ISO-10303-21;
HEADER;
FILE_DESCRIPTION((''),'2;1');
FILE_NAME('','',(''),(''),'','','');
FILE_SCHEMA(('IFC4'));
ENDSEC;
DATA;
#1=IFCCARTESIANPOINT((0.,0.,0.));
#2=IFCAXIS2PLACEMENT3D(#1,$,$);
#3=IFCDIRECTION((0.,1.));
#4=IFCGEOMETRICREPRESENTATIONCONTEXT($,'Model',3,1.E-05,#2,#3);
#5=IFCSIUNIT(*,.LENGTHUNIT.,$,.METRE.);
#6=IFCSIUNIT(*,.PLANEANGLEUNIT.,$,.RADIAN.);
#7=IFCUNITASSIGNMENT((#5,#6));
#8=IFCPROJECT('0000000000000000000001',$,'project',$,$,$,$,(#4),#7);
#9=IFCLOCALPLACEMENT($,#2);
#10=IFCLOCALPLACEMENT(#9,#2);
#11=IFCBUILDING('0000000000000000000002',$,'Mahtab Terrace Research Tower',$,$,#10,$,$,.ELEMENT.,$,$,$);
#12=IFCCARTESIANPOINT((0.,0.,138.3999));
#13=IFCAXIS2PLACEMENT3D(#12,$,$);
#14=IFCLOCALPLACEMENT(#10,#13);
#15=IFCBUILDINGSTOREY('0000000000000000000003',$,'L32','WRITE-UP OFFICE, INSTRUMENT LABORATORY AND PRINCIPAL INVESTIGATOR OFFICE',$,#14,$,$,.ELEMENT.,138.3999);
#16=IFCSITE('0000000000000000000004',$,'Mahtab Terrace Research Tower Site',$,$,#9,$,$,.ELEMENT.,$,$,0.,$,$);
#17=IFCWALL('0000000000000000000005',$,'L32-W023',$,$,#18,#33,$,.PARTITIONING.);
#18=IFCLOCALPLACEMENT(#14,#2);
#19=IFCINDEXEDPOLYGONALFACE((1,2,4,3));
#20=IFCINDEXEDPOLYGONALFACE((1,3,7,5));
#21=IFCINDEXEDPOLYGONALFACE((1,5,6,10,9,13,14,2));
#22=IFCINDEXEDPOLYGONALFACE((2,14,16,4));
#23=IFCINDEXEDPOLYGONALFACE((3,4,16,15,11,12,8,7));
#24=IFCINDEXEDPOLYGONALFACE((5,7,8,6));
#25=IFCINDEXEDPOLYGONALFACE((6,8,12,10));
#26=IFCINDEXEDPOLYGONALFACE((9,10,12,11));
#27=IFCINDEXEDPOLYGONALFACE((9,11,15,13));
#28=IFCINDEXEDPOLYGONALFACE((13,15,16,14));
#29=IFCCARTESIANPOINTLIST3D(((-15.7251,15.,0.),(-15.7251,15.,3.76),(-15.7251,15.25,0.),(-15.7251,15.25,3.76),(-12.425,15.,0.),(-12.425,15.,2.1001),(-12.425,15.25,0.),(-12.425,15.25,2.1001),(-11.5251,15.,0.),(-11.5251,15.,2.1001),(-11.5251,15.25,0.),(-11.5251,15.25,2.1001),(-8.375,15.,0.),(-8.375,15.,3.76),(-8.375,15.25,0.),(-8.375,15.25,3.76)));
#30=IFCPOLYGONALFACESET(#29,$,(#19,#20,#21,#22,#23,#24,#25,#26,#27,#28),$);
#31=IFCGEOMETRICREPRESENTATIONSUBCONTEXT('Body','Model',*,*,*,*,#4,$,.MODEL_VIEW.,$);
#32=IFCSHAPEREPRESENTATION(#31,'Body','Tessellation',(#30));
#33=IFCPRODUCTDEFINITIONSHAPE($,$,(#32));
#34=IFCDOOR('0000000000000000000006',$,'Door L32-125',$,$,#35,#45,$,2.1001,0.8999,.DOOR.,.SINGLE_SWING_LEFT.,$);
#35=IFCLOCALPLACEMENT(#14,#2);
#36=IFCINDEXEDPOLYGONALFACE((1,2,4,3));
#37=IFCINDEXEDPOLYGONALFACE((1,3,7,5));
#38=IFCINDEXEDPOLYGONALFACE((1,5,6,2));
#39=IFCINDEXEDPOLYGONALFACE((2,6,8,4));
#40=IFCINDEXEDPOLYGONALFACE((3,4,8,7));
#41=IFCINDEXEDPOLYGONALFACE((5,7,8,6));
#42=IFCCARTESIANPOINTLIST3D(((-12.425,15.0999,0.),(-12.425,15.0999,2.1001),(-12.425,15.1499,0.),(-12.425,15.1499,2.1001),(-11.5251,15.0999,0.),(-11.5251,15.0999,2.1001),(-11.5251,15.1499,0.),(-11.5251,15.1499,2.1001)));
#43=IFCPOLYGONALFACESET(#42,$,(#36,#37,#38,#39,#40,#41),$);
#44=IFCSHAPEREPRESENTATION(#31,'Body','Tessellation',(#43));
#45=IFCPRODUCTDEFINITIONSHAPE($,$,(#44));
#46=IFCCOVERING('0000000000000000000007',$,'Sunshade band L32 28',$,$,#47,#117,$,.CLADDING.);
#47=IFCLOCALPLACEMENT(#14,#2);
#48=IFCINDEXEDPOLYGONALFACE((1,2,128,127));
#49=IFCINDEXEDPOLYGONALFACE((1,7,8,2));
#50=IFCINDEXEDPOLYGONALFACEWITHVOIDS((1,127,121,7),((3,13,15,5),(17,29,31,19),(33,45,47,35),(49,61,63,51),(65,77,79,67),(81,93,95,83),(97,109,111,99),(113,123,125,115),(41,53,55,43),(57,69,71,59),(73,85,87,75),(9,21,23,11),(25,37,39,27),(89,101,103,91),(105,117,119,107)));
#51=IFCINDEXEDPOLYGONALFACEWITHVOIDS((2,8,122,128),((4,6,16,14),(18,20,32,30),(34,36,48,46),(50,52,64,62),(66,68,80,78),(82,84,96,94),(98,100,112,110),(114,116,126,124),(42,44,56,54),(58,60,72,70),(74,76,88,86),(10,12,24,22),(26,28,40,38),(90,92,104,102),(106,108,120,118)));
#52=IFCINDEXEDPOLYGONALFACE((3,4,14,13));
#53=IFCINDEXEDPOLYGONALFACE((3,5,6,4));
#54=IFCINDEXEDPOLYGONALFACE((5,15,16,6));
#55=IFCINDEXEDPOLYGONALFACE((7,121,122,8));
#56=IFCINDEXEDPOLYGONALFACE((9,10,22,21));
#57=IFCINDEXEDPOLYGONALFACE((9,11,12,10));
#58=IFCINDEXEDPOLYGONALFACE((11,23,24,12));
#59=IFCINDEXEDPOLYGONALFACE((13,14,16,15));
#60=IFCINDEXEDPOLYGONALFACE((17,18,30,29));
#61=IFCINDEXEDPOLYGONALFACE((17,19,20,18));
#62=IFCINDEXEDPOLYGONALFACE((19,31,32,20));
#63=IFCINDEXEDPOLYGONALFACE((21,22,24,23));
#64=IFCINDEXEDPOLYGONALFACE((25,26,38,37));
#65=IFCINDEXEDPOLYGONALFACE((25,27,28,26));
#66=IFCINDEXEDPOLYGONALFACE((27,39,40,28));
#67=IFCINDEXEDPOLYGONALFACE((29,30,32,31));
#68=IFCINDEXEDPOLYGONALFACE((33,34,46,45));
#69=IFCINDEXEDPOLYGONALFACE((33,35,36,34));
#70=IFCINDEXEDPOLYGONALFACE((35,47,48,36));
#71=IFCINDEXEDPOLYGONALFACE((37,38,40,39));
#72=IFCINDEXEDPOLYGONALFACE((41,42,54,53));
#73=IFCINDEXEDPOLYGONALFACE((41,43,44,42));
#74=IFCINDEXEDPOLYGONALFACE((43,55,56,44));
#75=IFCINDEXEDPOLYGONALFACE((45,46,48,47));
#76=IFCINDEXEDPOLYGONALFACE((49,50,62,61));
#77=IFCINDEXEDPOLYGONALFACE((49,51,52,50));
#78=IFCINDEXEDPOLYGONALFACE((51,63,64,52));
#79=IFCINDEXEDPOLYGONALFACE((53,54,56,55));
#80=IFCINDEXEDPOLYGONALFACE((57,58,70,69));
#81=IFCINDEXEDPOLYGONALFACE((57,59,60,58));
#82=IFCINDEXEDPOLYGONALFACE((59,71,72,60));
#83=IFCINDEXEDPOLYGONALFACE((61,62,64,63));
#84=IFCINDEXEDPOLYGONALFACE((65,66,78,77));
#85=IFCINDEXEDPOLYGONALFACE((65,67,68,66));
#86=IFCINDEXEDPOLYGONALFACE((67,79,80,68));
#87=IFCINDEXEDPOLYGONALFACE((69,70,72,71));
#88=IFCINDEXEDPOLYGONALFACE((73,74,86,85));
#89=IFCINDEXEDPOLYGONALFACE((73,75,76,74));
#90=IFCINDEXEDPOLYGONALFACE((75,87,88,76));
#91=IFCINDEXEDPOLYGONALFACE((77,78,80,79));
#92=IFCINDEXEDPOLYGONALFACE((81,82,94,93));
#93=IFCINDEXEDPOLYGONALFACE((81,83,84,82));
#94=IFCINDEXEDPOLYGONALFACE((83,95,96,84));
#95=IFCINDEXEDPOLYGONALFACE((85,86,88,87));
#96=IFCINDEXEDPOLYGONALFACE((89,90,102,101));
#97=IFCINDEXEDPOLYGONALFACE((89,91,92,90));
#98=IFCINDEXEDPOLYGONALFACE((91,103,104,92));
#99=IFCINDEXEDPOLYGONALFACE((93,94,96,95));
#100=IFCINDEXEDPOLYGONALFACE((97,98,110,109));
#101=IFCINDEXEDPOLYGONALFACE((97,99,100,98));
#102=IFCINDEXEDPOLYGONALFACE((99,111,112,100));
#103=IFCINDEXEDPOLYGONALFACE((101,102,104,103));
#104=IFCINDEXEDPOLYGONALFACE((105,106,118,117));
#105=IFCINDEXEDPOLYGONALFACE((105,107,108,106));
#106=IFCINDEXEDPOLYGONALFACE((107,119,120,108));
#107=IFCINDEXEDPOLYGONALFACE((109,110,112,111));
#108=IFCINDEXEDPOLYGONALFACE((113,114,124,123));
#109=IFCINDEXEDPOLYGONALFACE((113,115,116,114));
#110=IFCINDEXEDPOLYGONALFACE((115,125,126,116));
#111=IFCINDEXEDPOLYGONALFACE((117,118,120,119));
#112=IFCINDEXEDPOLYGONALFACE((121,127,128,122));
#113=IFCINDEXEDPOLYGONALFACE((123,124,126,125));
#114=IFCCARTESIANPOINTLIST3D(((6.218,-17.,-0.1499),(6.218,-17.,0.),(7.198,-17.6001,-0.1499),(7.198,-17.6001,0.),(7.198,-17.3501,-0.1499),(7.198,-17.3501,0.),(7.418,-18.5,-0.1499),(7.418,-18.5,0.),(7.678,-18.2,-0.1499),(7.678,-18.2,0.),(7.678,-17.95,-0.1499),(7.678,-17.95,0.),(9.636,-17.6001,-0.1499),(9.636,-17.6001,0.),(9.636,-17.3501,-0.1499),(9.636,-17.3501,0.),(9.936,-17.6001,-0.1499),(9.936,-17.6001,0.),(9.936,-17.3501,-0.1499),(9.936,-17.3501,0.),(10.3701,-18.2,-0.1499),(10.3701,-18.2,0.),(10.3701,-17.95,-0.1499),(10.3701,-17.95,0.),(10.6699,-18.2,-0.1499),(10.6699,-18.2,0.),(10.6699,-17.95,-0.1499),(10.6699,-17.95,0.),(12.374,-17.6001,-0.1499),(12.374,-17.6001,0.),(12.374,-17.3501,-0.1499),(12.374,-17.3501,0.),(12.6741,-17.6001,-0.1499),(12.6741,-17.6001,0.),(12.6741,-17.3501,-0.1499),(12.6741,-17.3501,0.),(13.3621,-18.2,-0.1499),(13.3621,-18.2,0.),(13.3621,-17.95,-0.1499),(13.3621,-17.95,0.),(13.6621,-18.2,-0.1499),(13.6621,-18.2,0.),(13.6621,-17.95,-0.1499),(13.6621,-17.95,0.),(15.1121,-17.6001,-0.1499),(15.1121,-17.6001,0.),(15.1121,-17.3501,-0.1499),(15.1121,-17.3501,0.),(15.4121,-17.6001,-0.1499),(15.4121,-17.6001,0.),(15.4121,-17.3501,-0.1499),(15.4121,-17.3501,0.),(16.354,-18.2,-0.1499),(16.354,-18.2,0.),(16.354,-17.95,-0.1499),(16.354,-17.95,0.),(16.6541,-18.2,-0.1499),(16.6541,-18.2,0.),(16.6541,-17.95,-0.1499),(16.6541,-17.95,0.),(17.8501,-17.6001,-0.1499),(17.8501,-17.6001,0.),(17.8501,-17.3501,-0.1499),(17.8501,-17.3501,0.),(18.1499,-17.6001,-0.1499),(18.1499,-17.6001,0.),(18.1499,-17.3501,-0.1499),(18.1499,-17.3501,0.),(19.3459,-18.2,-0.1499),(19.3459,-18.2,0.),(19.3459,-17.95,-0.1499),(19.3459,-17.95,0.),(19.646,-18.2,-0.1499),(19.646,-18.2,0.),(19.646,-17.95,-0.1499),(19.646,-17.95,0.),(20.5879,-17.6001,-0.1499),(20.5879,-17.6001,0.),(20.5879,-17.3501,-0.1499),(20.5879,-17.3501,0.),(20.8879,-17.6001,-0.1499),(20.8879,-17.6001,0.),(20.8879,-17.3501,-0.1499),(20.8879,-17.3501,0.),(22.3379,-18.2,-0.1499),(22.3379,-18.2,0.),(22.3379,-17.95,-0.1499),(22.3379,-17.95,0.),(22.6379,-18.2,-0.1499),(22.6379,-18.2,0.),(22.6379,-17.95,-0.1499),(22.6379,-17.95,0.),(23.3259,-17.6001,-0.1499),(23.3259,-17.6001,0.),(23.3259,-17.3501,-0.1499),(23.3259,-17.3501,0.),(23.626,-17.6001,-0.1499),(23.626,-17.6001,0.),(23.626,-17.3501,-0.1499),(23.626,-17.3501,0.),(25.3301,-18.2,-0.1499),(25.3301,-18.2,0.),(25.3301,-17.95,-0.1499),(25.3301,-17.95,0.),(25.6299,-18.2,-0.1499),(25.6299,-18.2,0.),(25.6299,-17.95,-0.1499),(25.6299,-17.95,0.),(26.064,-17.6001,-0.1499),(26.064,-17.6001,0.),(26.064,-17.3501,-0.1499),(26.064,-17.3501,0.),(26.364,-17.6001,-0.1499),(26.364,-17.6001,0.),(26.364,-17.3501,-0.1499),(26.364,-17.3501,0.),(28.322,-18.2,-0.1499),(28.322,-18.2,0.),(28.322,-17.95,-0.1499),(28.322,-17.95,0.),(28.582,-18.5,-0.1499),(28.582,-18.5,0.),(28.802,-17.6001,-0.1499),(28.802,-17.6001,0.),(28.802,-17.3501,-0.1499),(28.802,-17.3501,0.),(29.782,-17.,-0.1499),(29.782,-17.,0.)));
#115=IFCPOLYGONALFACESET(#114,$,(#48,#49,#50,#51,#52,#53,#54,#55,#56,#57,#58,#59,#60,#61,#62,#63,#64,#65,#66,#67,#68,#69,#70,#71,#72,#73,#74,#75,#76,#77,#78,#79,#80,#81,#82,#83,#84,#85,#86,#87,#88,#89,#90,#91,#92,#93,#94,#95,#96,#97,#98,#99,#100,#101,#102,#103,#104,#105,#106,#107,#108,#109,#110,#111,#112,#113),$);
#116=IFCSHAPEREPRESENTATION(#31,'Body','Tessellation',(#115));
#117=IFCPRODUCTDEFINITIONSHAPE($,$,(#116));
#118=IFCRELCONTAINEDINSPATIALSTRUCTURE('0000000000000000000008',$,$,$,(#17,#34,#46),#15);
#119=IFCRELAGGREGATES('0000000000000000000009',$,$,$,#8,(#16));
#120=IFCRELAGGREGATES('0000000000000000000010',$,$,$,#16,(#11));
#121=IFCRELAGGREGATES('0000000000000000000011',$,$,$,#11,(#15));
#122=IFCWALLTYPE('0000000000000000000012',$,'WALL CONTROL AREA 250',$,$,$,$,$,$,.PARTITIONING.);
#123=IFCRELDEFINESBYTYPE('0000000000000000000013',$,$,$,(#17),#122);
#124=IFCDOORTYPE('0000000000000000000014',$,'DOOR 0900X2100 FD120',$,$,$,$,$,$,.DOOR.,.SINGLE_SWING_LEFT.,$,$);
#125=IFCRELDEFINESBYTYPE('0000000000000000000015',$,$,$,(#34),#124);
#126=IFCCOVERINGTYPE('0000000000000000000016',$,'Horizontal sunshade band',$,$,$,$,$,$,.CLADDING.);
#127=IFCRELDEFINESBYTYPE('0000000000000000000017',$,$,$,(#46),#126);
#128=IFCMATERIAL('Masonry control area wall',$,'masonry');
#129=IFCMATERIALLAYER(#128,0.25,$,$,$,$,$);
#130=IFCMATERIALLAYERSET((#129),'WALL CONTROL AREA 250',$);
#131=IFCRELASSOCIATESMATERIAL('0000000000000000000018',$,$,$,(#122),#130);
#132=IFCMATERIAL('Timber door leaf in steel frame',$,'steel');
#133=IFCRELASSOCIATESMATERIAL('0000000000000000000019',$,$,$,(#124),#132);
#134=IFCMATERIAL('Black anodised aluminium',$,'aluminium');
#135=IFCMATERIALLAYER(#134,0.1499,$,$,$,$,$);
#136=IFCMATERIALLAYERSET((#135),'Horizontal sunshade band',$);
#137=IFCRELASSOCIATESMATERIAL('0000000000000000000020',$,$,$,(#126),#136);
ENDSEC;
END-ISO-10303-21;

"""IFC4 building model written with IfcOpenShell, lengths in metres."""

from ifc_helpers import new_model, si_unit, direction, frame, frame_2d, origin, place, context, subcontext, project, spatial, polyline, rectangle, outline, extrude, material, layer, layer_set, type_object, element, fill, save


model = new_model("IFC4")

# Units and contexts
model_context = context("Model", 3, precision=1e-05, world=origin(), true_north=direction((0.0, 1.0)))
body_context = subcontext(model_context, "Body", "Model", "MODEL_VIEW")
ifc_project = project(units=[si_unit("LENGTHUNIT", "METRE"), si_unit("PLANEANGLEUNIT", "RADIAN")], contexts=[model_context])

# Site, building, storey
site_placement = place(None, origin())
site = spatial("IfcSite", under=ifc_project, at=site_placement, Name="Mahtab Terrace Research Tower Site", CompositionType="ELEMENT", RefElevation=0.0)
building_placement = place(site_placement, origin())
building = spatial("IfcBuilding", under=site, at=building_placement, Name="Mahtab Terrace Research Tower", CompositionType="ELEMENT")
storey_placement = place(building_placement, frame((0.0, 0.0, 138.3999)))
storey = spatial("IfcBuildingStorey", under=building, at=storey_placement, Name="L32", Description="WRITE-UP OFFICE, INSTRUMENT LABORATORY AND PRINCIPAL INVESTIGATOR OFFICE", CompositionType="ELEMENT", Elevation=138.3999)

# Shared definitions
ifc_material_1 = material(Name="Masonry control area wall", Category="masonry")
ifc_layer_1 = layer(ifc_material_1, 0.25)
ifc_layer_set_1 = layer_set([ifc_layer_1], Name="WALL CONTROL AREA 250")
wall_type_1 = type_object("IfcWallType", Name="WALL CONTROL AREA 250", PredefinedType="PARTITIONING", material=ifc_layer_set_1)

# Wall, opening, door
wall_1_placement = place(storey_placement, frame((-15.7251, 15.125, 0.0), z_axis=(0.0, 0.0, 1.0), x_axis=(1.0, 0.0, 0.0)))
wall_1 = element("IfcWall", 1, at=wall_1_placement, inside=storey, type_object=wall_type_1, Name="L32-W023", PredefinedType="PARTITIONING", context=body_context, shape_type="SweptSolid", body=[
    extrude(rectangle(XDim=7.3501, YDim=0.25, at=frame_2d((3.675, 0.0))), origin(), (0.0, 0.0, 1.0), 3.76),
])
opening_1_placement = place(wall_1_placement, frame((3.3, 0.0, 0.0)))
opening_1 = element("IfcOpeningElement", 2, at=opening_1_placement, cuts=wall_1, PredefinedType="OPENING", context=body_context, shape_type="SweptSolid", body=[
    extrude(rectangle(XDim=0.8999, YDim=2.1001, at=frame_2d((0.45, 1.05))), frame((0.0, 0.135, 0.0), z_axis=(0.0, -1.0, 0.0), x_axis=(1.0, 0.0, 0.0)), (0.0, 0.0, 1.0), 0.27),
])
ifc_material_2 = material(Name="Timber door leaf in steel frame", Category="steel")
door_type_1 = type_object("IfcDoorType", Name="DOOR 0900X2100 FD120", OperationType="SINGLE_SWING_LEFT", PredefinedType="DOOR", material=ifc_material_2)
door_1_placement = place(opening_1_placement, origin())
door_1 = element("IfcDoor", 3, at=door_1_placement, inside=storey, type_object=door_type_1, Name="Door L32-125", OperationType="SINGLE_SWING_LEFT", OverallHeight=2.1001, OverallWidth=0.8999, PredefinedType="DOOR", context=body_context, shape_type="SweptSolid", body=[
    extrude(rectangle(XDim=0.8999, YDim=2.1001, at=frame_2d((0.45, 1.05))), frame((0.0, 0.0249, 0.0), z_axis=(0.0, -1.0, 0.0), x_axis=(1.0, 0.0, 0.0)), (0.0, 0.0, 1.0), 0.05),
])
fill(opening_1, door_1)

# Covering
ifc_material_3 = material(Name="Black anodised aluminium", Category="aluminium")
ifc_layer_2 = layer(ifc_material_3, 0.1499)
ifc_layer_set_2 = layer_set([ifc_layer_2], Name="Horizontal sunshade band")
covering_type = type_object("IfcCoveringType", Name="Horizontal sunshade band", PredefinedType="CLADDING", material=ifc_layer_set_2)
covering_placement = place(storey_placement, frame((0.0, 0.0, -0.1499)))
element("IfcCovering", 4, at=covering_placement, inside=storey, type_object=covering_type, Name="Sunshade band L32 28", PredefinedType="CLADDING", context=body_context, shape_type="SweptSolid", body=[
    extrude(outline(polyline([(6.218, -17.0), (29.782, -17.0), (28.582, -18.5), (7.418, -18.5), (6.218, -17.0)]), holes=[polyline([(7.198, -17.3501), (9.636, -17.3501), (9.636, -17.6001), (7.198, -17.6001), (7.198, -17.3501)]), polyline([(9.936, -17.3501), (12.374, -17.3501), (12.374, -17.6001), (9.936, -17.6001), (9.936, -17.3501)]), polyline([(12.6741, -17.3501), (15.1121, -17.3501), (15.1121, -17.6001), (12.6741, -17.6001), (12.6741, -17.3501)]), polyline([(15.4121, -17.3501), (17.8501, -17.3501), (17.8501, -17.6001), (15.4121, -17.6001), (15.4121, -17.3501)]), polyline([(18.1499, -17.3501), (20.5879, -17.3501), (20.5879, -17.6001), (18.1499, -17.6001), (18.1499, -17.3501)]), polyline([(20.8879, -17.3501), (23.3259, -17.3501), (23.3259, -17.6001), (20.8879, -17.6001), (20.8879, -17.3501)]), polyline([(23.626, -17.3501), (26.064, -17.3501), (26.064, -17.6001), (23.626, -17.6001), (23.626, -17.3501)]), polyline([(26.364, -17.3501), (28.802, -17.3501), (28.802, -17.6001), (26.364, -17.6001), (26.364, -17.3501)]), polyline([(7.678, -17.95), (10.3701, -17.95), (10.3701, -18.2), (7.678, -18.2), (7.678, -17.95)]), polyline([(10.6699, -17.95), (13.3621, -17.95), (13.3621, -18.2), (10.6699, -18.2), (10.6699, -17.95)]), polyline([(13.6621, -17.95), (16.354, -17.95), (16.354, -18.2), (13.6621, -18.2), (13.6621, -17.95)]), polyline([(16.6541, -17.95), (19.3459, -17.95), (19.3459, -18.2), (16.6541, -18.2), (16.6541, -17.95)]), polyline([(19.646, -17.95), (22.3379, -17.95), (22.3379, -18.2), (19.646, -18.2), (19.646, -17.95)]), polyline([(22.6379, -17.95), (25.3301, -17.95), (25.3301, -18.2), (22.6379, -18.2), (22.6379, -17.95)]), polyline([(25.6299, -17.95), (28.322, -17.95), (28.322, -18.2), (25.6299, -18.2), (25.6299, -17.95)])]), origin(), (0.0, 0.0, 1.0), 0.1499),
])

save(model, "model.ifc")
